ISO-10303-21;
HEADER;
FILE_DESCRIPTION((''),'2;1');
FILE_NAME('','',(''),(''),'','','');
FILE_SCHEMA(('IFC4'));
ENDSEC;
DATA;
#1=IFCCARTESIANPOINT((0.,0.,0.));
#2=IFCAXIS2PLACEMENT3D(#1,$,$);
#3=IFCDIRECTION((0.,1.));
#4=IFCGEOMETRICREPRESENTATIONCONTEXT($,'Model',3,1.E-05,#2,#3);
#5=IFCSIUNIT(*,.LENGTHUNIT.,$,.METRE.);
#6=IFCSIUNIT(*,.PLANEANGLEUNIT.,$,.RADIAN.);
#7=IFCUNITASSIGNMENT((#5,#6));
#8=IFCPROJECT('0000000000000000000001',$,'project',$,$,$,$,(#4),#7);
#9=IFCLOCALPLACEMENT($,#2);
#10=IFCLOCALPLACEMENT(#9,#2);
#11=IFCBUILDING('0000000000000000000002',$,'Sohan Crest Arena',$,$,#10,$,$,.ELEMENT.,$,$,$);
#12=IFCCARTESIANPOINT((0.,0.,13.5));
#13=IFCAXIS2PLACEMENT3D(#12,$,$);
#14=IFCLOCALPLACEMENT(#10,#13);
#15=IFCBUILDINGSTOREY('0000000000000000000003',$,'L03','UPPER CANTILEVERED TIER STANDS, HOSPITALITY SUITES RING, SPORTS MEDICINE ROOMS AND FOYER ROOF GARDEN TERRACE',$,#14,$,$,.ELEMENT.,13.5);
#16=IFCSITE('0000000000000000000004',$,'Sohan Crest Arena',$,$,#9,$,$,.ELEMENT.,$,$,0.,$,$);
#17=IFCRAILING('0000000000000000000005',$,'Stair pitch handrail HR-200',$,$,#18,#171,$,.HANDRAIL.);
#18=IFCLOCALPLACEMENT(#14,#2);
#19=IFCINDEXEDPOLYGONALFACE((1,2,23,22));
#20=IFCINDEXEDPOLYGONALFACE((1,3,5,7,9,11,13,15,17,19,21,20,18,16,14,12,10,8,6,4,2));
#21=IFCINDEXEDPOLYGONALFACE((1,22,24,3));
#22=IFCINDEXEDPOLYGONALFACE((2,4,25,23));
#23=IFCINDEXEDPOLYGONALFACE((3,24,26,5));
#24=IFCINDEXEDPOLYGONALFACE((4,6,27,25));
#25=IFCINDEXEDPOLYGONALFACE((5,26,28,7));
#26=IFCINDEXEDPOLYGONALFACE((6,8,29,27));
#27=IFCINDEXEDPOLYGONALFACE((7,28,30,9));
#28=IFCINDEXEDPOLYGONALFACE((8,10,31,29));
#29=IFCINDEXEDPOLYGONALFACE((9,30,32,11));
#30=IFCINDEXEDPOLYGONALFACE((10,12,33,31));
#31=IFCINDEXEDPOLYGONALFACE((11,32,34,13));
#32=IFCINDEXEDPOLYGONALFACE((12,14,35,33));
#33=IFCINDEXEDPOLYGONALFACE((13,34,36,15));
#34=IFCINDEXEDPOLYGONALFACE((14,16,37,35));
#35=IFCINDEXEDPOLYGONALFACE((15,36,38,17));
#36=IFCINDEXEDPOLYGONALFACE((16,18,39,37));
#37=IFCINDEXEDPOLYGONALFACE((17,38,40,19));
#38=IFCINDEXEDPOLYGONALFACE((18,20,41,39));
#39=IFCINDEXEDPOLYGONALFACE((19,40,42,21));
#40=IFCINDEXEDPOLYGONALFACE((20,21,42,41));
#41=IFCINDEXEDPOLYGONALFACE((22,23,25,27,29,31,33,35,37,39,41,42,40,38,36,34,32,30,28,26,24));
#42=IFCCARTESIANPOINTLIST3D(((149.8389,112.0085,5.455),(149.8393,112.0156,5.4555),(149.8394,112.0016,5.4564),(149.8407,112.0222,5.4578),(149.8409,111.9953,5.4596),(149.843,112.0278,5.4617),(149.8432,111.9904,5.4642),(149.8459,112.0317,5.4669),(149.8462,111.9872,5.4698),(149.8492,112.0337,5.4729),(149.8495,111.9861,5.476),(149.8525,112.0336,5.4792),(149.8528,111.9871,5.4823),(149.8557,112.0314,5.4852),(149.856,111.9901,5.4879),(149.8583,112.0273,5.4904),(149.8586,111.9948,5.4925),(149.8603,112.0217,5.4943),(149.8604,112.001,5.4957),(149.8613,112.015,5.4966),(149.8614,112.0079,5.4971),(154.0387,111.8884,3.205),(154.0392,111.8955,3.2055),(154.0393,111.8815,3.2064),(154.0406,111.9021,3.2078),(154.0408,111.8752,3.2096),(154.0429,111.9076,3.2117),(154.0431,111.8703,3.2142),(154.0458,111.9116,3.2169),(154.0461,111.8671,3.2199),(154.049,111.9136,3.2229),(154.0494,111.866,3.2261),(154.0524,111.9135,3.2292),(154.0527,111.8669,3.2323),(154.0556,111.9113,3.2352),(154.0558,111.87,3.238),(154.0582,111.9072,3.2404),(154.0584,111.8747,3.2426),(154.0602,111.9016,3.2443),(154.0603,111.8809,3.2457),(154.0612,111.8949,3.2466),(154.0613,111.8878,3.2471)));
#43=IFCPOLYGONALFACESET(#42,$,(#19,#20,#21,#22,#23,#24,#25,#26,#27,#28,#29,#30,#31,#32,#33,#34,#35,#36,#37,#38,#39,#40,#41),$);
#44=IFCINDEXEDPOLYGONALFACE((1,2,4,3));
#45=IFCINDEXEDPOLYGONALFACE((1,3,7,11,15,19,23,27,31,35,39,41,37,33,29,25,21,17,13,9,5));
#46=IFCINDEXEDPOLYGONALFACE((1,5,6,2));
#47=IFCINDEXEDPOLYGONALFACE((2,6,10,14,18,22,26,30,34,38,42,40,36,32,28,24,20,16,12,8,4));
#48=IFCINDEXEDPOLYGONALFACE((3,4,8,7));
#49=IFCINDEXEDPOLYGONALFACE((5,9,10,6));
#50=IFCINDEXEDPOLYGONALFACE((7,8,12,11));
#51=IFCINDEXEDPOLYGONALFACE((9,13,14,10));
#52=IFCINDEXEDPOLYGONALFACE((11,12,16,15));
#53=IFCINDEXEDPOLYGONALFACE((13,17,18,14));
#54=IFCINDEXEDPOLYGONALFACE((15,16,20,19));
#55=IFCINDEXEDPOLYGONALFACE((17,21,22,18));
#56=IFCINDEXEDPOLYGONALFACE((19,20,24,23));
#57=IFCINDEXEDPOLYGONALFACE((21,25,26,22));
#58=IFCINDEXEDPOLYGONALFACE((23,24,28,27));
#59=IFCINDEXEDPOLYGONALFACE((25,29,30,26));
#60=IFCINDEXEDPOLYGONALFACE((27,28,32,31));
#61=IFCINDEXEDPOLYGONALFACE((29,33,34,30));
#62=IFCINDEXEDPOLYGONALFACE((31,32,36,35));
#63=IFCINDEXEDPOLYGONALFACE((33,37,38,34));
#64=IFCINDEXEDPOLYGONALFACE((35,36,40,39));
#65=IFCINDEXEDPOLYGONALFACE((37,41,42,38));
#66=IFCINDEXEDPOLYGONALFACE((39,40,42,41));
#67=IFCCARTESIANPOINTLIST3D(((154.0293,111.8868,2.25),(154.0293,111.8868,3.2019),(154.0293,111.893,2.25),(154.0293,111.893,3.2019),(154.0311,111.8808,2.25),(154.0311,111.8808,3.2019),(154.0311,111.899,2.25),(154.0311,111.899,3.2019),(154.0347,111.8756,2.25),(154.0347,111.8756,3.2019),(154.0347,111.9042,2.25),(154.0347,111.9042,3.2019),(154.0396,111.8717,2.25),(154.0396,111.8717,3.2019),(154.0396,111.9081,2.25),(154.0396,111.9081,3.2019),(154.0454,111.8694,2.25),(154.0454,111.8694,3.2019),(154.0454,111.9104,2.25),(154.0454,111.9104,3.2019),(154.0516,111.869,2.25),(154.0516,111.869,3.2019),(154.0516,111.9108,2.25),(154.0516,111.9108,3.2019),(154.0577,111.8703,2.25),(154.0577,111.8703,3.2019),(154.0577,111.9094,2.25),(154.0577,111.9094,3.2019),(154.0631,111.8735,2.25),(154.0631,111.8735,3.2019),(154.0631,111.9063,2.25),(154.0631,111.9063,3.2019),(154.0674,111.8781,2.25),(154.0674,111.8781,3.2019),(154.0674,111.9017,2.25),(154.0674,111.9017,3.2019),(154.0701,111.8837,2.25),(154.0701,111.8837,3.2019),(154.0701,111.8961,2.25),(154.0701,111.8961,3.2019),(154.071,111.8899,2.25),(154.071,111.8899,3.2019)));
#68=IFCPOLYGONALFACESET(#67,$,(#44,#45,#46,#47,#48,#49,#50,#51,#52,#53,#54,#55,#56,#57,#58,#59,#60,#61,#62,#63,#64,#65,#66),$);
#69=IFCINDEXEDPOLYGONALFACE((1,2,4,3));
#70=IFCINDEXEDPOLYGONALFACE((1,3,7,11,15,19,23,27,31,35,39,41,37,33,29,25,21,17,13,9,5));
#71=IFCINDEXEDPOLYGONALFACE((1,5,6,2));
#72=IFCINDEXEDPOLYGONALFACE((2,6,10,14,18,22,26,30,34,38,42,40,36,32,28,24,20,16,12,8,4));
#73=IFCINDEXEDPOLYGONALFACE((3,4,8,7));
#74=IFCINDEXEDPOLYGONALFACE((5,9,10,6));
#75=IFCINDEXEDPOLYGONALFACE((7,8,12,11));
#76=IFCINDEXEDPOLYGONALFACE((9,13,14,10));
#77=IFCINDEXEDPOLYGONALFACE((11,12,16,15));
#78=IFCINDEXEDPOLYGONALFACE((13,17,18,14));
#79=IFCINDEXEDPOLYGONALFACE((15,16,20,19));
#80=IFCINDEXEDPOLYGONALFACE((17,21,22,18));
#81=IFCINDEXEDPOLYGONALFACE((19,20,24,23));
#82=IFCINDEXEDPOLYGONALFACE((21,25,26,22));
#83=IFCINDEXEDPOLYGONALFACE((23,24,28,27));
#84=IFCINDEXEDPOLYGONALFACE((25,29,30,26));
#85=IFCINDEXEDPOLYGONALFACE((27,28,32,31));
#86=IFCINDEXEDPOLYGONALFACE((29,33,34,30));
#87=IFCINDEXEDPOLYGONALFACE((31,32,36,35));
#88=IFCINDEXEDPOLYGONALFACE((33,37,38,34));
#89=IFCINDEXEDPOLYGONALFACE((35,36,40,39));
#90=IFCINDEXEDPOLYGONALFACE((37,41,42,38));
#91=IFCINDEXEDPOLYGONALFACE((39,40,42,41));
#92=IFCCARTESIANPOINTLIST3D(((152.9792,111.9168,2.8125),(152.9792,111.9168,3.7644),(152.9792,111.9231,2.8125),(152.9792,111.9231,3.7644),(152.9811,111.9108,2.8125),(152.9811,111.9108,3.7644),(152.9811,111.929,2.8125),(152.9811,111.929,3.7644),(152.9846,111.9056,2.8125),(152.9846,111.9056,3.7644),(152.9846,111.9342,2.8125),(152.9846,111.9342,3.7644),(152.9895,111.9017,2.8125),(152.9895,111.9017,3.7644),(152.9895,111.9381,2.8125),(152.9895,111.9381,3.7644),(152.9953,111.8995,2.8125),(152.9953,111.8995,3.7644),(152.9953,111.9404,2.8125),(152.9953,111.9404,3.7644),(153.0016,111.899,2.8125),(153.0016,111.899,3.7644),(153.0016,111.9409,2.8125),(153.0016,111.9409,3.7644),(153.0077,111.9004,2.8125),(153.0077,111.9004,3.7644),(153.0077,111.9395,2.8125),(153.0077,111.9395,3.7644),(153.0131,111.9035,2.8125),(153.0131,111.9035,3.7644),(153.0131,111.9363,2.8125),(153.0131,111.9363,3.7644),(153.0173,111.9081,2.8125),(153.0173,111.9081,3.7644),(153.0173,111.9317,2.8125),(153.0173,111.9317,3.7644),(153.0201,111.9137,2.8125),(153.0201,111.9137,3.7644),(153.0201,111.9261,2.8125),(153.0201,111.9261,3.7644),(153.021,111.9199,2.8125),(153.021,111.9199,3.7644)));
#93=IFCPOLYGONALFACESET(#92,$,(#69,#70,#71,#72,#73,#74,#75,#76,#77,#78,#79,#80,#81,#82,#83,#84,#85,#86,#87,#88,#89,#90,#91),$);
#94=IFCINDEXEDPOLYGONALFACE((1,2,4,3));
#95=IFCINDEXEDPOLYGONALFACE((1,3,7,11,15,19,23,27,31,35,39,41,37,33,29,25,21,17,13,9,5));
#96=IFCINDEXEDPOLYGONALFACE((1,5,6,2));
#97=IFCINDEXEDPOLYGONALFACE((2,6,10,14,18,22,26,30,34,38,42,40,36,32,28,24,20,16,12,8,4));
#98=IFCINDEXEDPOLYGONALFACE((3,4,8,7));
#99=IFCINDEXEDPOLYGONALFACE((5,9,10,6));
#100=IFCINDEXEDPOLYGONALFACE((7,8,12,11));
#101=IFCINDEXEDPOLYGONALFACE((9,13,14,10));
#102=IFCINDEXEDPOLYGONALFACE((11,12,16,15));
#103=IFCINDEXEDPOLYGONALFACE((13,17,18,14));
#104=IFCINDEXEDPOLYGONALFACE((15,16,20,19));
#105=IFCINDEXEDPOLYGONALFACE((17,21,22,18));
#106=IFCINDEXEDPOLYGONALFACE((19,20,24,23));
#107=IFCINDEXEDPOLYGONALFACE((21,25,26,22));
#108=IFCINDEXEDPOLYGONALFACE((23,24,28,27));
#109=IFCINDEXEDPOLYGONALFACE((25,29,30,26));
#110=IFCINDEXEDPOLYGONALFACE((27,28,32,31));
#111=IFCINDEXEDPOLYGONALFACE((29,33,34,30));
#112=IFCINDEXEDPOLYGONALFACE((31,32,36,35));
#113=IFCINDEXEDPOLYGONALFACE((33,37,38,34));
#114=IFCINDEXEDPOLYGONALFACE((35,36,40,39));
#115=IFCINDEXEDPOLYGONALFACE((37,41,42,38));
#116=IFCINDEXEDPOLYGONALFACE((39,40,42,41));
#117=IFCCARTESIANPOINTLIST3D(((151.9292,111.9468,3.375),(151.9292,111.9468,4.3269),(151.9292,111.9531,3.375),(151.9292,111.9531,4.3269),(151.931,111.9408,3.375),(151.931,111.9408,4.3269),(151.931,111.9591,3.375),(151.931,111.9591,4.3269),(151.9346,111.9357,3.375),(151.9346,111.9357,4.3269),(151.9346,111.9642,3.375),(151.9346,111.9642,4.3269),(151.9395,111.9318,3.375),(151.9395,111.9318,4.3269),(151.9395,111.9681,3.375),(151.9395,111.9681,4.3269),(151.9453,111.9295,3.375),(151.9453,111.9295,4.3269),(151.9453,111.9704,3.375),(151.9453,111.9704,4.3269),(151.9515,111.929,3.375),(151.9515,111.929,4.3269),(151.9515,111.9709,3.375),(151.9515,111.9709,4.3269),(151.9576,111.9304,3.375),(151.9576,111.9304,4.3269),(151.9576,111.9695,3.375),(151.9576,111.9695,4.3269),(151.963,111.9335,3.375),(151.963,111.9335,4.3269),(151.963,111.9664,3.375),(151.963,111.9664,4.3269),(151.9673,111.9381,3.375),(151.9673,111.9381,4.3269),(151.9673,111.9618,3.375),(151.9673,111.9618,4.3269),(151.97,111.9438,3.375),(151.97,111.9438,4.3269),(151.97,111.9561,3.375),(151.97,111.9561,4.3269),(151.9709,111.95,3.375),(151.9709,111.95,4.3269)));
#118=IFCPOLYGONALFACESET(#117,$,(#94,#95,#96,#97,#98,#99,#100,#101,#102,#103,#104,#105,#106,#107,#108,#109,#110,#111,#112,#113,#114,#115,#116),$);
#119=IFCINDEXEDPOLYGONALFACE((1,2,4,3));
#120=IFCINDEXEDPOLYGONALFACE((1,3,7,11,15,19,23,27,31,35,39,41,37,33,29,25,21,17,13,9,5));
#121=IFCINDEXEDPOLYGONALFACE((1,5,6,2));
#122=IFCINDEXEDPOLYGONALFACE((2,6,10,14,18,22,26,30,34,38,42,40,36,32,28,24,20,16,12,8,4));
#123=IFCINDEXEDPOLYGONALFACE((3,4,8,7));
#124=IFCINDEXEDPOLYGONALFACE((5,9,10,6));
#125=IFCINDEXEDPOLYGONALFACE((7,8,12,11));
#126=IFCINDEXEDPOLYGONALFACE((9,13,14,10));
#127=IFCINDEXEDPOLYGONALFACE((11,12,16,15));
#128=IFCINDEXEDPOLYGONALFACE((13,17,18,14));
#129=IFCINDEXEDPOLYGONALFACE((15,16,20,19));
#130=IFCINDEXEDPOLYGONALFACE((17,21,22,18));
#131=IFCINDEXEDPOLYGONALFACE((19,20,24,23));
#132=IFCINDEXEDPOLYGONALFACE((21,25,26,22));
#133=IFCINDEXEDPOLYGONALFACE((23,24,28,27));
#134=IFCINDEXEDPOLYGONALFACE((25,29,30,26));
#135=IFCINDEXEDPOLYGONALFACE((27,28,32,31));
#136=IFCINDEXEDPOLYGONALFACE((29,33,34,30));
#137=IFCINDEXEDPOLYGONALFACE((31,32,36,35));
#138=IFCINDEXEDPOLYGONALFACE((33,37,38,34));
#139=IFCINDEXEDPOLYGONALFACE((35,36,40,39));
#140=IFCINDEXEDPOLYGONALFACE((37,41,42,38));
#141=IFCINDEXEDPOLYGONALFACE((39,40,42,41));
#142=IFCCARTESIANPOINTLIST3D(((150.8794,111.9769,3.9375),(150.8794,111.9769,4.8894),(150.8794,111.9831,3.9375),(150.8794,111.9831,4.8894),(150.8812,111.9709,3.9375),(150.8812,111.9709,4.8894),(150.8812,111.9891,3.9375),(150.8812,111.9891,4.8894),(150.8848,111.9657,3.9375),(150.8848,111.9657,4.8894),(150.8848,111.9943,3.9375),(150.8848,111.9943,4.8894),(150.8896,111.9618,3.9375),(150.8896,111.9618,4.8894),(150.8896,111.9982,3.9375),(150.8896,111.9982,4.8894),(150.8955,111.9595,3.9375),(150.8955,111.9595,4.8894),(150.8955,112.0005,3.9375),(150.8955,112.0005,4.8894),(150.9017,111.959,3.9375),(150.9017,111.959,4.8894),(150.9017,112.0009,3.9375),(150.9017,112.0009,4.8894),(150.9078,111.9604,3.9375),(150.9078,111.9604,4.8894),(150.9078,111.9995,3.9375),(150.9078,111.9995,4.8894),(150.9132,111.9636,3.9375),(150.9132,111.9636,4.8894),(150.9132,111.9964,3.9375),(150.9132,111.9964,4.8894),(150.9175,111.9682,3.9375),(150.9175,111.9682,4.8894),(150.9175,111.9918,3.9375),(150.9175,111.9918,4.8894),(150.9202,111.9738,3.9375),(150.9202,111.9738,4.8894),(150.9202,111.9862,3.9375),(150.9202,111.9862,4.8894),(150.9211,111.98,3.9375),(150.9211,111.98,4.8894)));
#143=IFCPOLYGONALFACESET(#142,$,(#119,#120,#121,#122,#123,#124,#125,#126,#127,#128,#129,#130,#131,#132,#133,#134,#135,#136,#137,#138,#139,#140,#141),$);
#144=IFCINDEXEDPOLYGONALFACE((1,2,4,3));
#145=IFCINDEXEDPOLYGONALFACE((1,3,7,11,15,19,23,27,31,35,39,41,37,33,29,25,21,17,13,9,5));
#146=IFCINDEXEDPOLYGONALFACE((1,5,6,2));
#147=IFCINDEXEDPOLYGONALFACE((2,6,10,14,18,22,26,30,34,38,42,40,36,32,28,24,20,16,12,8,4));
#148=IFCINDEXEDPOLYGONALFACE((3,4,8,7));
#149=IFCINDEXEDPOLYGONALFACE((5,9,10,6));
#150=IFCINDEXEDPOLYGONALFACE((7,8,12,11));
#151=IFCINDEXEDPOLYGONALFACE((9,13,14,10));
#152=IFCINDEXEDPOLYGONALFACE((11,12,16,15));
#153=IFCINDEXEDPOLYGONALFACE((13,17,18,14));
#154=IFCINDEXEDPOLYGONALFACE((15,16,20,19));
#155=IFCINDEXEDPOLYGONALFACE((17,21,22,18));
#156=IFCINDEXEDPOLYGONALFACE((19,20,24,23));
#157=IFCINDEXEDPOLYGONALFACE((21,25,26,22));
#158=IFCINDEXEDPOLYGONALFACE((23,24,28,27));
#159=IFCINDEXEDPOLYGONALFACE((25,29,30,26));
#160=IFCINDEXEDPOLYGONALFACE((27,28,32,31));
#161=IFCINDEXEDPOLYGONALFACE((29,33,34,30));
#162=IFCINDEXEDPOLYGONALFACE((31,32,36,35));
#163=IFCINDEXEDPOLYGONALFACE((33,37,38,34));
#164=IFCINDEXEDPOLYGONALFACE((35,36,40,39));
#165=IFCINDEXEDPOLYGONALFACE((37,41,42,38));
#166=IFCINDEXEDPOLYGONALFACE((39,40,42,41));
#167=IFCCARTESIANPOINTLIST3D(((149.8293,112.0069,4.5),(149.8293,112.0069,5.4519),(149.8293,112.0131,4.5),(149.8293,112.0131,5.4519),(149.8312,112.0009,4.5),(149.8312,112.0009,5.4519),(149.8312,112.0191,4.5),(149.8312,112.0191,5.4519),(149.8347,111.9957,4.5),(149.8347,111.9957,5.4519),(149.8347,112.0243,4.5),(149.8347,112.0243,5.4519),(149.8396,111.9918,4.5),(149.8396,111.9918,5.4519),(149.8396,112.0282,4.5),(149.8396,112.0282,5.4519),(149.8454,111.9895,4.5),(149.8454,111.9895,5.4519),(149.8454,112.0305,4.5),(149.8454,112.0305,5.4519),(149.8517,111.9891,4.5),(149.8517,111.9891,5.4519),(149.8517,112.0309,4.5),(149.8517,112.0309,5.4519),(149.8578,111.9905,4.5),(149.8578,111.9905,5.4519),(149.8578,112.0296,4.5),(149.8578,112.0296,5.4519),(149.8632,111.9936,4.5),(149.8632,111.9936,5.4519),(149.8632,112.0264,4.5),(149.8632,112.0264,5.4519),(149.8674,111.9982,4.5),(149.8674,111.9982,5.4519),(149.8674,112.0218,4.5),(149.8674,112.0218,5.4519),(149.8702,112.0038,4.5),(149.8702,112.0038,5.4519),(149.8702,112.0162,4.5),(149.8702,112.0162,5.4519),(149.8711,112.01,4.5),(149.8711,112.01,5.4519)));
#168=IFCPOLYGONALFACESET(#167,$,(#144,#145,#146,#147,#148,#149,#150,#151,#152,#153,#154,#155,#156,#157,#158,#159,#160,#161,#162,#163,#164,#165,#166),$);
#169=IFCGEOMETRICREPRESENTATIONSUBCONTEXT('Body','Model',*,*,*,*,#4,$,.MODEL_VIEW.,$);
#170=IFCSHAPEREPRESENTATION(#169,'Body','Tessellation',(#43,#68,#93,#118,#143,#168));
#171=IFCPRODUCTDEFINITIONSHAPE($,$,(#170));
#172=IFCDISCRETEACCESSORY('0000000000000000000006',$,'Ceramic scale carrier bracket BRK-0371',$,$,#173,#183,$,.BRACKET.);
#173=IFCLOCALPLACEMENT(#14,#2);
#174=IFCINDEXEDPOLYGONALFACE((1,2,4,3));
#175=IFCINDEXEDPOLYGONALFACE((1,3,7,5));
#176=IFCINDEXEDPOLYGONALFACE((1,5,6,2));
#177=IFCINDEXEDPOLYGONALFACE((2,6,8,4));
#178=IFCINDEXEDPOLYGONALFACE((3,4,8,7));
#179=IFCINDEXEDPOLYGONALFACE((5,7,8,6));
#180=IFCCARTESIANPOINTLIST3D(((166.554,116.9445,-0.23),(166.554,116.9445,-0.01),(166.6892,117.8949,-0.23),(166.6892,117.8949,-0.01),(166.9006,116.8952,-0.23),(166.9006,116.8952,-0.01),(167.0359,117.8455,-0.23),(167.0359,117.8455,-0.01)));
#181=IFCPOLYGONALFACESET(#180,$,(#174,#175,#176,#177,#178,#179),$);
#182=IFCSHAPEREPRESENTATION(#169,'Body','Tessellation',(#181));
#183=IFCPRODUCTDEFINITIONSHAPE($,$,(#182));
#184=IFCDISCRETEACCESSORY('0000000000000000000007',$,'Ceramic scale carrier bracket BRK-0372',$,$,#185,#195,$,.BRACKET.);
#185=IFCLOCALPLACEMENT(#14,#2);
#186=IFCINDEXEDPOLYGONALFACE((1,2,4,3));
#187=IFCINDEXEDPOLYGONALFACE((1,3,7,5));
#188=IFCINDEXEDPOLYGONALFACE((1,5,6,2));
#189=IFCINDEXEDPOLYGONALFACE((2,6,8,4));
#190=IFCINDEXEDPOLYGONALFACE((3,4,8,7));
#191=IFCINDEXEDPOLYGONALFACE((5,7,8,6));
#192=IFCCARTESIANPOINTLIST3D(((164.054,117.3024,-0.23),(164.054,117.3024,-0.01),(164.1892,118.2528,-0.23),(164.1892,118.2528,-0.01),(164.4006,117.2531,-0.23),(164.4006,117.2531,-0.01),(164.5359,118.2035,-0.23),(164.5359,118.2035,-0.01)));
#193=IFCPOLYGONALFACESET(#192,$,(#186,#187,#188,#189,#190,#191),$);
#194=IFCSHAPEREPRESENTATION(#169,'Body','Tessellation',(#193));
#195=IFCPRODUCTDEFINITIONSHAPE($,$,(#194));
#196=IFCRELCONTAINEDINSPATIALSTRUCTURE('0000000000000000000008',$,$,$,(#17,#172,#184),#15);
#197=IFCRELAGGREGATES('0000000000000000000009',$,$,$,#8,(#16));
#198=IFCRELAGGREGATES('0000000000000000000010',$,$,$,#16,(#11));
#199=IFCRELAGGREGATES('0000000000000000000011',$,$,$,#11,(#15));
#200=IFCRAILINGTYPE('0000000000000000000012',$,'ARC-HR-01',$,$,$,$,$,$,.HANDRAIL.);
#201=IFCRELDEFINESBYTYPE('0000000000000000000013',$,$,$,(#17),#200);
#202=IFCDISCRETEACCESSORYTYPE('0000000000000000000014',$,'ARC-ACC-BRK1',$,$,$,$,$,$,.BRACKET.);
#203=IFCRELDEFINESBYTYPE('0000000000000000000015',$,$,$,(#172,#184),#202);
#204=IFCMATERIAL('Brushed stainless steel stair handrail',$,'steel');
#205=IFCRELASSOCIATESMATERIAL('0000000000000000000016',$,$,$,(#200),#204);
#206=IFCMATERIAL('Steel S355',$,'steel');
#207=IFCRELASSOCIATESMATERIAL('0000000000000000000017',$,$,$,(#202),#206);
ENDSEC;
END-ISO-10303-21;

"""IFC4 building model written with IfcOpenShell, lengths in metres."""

from ifc_helpers import new_model, si_unit, direction, frame, origin, origin_2d, place, context, subcontext, project, spatial, rectangle, circle, extrude, material, type_object, element, save


model = new_model("IFC4")

# Units and contexts
model_context = context("Model", 3, precision=1e-05, world=origin(), true_north=direction((0.0, 1.0)))
body_context = subcontext(model_context, "Body", "Model", "MODEL_VIEW")
ifc_project = project(units=[si_unit("LENGTHUNIT", "METRE"), si_unit("PLANEANGLEUNIT", "RADIAN")], contexts=[model_context])

# Site, building, storey
site_placement = place(None, origin())
site = spatial("IfcSite", under=ifc_project, at=site_placement, Name="Sohan Crest Arena", CompositionType="ELEMENT", RefElevation=0.0)
building_placement = place(site_placement, origin())
building = spatial("IfcBuilding", under=site, at=building_placement, Name="Sohan Crest Arena", CompositionType="ELEMENT")
storey_placement = place(building_placement, frame((0.0, 0.0, 13.5)))
storey = spatial("IfcBuildingStorey", under=building, at=storey_placement, Name="L03", Description="UPPER CANTILEVERED TIER STANDS, HOSPITALITY SUITES RING, SPORTS MEDICINE ROOMS AND FOYER ROOF GARDEN TERRACE", CompositionType="ELEMENT", Elevation=13.5)

# Shared definitions
ifc_material_1 = material(Name="Steel S355", Category="steel")

# Railing
ifc_material_2 = material(Name="Brushed stainless steel stair handrail", Category="steel")
railing_type_1 = type_object("IfcRailingType", Name="ARC-HR-01", PredefinedType="HANDRAIL", material=ifc_material_2)
railing_1_placement = place(storey_placement, frame((154.05, 111.8899, 2.25)))
element("IfcRailing", 1, at=railing_1_placement, inside=storey, type_object=railing_type_1, Name="Stair pitch handrail HR-200", PredefinedType="HANDRAIL", context=body_context, shape_type="SweptSolid", body=[
    extrude(circle(Radius=0.0239, at=origin_2d()), frame((0.0, 0.0, 0.9761), z_axis=(-0.881198, 0.025202, 0.472076), x_axis=(-0.028588, -0.999591, 0.0)), (0.0, 0.0, 1.0), 4.7661),
    extrude(circle(Radius=0.021, at=origin_2d()), origin(), (0.0, 0.0, 1.0), 0.9519),
    extrude(circle(Radius=0.021, at=origin_2d()), frame((-1.05, 0.03, 0.5625)), (0.0, 0.0, 1.0), 0.9519),
    extrude(circle(Radius=0.021, at=origin_2d()), frame((-2.1001, 0.0601, 1.125)), (0.0, 0.0, 1.0), 0.9519),
    extrude(circle(Radius=0.021, at=origin_2d()), frame((-3.1499, 0.0901, 1.6875)), (0.0, 0.0, 1.0), 0.9519),
    extrude(circle(Radius=0.021, at=origin_2d()), frame((-4.2, 0.1201, 2.25)), (0.0, 0.0, 1.0), 0.9519),
])

# Discrete accessories
discrete_accessory_type = type_object("IfcDiscreteAccessoryType", Name="ARC-ACC-BRK1", PredefinedType="BRACKET", material=ifc_material_1)
for number, where, z_axis, x_axis, name in (
    (2, (166.7949, 117.395, -0.23), (0.0, 0.0, 1.0), (-0.990024, 0.140901, 0.0), "Ceramic scale carrier bracket BRK-0371"),
    (3, (164.2949, 117.7529, -0.23), (0.0, 0.0, 1.0), (-0.990024, 0.140901, 0.0), "Ceramic scale carrier bracket BRK-0372"),
):
    element("IfcDiscreteAccessory", number, at=place(storey_placement, frame(where, z_axis=z_axis, x_axis=x_axis)), inside=storey, type_object=discrete_accessory_type, Name=name, PredefinedType="BRACKET", context=body_context, shape_type="SweptSolid", body=[
        extrude(rectangle(XDim=0.3501, YDim=0.96, at=origin_2d()), origin(), (0.0, 0.0, 1.0), 0.22),
    ])

save(model, "model.ifc")
